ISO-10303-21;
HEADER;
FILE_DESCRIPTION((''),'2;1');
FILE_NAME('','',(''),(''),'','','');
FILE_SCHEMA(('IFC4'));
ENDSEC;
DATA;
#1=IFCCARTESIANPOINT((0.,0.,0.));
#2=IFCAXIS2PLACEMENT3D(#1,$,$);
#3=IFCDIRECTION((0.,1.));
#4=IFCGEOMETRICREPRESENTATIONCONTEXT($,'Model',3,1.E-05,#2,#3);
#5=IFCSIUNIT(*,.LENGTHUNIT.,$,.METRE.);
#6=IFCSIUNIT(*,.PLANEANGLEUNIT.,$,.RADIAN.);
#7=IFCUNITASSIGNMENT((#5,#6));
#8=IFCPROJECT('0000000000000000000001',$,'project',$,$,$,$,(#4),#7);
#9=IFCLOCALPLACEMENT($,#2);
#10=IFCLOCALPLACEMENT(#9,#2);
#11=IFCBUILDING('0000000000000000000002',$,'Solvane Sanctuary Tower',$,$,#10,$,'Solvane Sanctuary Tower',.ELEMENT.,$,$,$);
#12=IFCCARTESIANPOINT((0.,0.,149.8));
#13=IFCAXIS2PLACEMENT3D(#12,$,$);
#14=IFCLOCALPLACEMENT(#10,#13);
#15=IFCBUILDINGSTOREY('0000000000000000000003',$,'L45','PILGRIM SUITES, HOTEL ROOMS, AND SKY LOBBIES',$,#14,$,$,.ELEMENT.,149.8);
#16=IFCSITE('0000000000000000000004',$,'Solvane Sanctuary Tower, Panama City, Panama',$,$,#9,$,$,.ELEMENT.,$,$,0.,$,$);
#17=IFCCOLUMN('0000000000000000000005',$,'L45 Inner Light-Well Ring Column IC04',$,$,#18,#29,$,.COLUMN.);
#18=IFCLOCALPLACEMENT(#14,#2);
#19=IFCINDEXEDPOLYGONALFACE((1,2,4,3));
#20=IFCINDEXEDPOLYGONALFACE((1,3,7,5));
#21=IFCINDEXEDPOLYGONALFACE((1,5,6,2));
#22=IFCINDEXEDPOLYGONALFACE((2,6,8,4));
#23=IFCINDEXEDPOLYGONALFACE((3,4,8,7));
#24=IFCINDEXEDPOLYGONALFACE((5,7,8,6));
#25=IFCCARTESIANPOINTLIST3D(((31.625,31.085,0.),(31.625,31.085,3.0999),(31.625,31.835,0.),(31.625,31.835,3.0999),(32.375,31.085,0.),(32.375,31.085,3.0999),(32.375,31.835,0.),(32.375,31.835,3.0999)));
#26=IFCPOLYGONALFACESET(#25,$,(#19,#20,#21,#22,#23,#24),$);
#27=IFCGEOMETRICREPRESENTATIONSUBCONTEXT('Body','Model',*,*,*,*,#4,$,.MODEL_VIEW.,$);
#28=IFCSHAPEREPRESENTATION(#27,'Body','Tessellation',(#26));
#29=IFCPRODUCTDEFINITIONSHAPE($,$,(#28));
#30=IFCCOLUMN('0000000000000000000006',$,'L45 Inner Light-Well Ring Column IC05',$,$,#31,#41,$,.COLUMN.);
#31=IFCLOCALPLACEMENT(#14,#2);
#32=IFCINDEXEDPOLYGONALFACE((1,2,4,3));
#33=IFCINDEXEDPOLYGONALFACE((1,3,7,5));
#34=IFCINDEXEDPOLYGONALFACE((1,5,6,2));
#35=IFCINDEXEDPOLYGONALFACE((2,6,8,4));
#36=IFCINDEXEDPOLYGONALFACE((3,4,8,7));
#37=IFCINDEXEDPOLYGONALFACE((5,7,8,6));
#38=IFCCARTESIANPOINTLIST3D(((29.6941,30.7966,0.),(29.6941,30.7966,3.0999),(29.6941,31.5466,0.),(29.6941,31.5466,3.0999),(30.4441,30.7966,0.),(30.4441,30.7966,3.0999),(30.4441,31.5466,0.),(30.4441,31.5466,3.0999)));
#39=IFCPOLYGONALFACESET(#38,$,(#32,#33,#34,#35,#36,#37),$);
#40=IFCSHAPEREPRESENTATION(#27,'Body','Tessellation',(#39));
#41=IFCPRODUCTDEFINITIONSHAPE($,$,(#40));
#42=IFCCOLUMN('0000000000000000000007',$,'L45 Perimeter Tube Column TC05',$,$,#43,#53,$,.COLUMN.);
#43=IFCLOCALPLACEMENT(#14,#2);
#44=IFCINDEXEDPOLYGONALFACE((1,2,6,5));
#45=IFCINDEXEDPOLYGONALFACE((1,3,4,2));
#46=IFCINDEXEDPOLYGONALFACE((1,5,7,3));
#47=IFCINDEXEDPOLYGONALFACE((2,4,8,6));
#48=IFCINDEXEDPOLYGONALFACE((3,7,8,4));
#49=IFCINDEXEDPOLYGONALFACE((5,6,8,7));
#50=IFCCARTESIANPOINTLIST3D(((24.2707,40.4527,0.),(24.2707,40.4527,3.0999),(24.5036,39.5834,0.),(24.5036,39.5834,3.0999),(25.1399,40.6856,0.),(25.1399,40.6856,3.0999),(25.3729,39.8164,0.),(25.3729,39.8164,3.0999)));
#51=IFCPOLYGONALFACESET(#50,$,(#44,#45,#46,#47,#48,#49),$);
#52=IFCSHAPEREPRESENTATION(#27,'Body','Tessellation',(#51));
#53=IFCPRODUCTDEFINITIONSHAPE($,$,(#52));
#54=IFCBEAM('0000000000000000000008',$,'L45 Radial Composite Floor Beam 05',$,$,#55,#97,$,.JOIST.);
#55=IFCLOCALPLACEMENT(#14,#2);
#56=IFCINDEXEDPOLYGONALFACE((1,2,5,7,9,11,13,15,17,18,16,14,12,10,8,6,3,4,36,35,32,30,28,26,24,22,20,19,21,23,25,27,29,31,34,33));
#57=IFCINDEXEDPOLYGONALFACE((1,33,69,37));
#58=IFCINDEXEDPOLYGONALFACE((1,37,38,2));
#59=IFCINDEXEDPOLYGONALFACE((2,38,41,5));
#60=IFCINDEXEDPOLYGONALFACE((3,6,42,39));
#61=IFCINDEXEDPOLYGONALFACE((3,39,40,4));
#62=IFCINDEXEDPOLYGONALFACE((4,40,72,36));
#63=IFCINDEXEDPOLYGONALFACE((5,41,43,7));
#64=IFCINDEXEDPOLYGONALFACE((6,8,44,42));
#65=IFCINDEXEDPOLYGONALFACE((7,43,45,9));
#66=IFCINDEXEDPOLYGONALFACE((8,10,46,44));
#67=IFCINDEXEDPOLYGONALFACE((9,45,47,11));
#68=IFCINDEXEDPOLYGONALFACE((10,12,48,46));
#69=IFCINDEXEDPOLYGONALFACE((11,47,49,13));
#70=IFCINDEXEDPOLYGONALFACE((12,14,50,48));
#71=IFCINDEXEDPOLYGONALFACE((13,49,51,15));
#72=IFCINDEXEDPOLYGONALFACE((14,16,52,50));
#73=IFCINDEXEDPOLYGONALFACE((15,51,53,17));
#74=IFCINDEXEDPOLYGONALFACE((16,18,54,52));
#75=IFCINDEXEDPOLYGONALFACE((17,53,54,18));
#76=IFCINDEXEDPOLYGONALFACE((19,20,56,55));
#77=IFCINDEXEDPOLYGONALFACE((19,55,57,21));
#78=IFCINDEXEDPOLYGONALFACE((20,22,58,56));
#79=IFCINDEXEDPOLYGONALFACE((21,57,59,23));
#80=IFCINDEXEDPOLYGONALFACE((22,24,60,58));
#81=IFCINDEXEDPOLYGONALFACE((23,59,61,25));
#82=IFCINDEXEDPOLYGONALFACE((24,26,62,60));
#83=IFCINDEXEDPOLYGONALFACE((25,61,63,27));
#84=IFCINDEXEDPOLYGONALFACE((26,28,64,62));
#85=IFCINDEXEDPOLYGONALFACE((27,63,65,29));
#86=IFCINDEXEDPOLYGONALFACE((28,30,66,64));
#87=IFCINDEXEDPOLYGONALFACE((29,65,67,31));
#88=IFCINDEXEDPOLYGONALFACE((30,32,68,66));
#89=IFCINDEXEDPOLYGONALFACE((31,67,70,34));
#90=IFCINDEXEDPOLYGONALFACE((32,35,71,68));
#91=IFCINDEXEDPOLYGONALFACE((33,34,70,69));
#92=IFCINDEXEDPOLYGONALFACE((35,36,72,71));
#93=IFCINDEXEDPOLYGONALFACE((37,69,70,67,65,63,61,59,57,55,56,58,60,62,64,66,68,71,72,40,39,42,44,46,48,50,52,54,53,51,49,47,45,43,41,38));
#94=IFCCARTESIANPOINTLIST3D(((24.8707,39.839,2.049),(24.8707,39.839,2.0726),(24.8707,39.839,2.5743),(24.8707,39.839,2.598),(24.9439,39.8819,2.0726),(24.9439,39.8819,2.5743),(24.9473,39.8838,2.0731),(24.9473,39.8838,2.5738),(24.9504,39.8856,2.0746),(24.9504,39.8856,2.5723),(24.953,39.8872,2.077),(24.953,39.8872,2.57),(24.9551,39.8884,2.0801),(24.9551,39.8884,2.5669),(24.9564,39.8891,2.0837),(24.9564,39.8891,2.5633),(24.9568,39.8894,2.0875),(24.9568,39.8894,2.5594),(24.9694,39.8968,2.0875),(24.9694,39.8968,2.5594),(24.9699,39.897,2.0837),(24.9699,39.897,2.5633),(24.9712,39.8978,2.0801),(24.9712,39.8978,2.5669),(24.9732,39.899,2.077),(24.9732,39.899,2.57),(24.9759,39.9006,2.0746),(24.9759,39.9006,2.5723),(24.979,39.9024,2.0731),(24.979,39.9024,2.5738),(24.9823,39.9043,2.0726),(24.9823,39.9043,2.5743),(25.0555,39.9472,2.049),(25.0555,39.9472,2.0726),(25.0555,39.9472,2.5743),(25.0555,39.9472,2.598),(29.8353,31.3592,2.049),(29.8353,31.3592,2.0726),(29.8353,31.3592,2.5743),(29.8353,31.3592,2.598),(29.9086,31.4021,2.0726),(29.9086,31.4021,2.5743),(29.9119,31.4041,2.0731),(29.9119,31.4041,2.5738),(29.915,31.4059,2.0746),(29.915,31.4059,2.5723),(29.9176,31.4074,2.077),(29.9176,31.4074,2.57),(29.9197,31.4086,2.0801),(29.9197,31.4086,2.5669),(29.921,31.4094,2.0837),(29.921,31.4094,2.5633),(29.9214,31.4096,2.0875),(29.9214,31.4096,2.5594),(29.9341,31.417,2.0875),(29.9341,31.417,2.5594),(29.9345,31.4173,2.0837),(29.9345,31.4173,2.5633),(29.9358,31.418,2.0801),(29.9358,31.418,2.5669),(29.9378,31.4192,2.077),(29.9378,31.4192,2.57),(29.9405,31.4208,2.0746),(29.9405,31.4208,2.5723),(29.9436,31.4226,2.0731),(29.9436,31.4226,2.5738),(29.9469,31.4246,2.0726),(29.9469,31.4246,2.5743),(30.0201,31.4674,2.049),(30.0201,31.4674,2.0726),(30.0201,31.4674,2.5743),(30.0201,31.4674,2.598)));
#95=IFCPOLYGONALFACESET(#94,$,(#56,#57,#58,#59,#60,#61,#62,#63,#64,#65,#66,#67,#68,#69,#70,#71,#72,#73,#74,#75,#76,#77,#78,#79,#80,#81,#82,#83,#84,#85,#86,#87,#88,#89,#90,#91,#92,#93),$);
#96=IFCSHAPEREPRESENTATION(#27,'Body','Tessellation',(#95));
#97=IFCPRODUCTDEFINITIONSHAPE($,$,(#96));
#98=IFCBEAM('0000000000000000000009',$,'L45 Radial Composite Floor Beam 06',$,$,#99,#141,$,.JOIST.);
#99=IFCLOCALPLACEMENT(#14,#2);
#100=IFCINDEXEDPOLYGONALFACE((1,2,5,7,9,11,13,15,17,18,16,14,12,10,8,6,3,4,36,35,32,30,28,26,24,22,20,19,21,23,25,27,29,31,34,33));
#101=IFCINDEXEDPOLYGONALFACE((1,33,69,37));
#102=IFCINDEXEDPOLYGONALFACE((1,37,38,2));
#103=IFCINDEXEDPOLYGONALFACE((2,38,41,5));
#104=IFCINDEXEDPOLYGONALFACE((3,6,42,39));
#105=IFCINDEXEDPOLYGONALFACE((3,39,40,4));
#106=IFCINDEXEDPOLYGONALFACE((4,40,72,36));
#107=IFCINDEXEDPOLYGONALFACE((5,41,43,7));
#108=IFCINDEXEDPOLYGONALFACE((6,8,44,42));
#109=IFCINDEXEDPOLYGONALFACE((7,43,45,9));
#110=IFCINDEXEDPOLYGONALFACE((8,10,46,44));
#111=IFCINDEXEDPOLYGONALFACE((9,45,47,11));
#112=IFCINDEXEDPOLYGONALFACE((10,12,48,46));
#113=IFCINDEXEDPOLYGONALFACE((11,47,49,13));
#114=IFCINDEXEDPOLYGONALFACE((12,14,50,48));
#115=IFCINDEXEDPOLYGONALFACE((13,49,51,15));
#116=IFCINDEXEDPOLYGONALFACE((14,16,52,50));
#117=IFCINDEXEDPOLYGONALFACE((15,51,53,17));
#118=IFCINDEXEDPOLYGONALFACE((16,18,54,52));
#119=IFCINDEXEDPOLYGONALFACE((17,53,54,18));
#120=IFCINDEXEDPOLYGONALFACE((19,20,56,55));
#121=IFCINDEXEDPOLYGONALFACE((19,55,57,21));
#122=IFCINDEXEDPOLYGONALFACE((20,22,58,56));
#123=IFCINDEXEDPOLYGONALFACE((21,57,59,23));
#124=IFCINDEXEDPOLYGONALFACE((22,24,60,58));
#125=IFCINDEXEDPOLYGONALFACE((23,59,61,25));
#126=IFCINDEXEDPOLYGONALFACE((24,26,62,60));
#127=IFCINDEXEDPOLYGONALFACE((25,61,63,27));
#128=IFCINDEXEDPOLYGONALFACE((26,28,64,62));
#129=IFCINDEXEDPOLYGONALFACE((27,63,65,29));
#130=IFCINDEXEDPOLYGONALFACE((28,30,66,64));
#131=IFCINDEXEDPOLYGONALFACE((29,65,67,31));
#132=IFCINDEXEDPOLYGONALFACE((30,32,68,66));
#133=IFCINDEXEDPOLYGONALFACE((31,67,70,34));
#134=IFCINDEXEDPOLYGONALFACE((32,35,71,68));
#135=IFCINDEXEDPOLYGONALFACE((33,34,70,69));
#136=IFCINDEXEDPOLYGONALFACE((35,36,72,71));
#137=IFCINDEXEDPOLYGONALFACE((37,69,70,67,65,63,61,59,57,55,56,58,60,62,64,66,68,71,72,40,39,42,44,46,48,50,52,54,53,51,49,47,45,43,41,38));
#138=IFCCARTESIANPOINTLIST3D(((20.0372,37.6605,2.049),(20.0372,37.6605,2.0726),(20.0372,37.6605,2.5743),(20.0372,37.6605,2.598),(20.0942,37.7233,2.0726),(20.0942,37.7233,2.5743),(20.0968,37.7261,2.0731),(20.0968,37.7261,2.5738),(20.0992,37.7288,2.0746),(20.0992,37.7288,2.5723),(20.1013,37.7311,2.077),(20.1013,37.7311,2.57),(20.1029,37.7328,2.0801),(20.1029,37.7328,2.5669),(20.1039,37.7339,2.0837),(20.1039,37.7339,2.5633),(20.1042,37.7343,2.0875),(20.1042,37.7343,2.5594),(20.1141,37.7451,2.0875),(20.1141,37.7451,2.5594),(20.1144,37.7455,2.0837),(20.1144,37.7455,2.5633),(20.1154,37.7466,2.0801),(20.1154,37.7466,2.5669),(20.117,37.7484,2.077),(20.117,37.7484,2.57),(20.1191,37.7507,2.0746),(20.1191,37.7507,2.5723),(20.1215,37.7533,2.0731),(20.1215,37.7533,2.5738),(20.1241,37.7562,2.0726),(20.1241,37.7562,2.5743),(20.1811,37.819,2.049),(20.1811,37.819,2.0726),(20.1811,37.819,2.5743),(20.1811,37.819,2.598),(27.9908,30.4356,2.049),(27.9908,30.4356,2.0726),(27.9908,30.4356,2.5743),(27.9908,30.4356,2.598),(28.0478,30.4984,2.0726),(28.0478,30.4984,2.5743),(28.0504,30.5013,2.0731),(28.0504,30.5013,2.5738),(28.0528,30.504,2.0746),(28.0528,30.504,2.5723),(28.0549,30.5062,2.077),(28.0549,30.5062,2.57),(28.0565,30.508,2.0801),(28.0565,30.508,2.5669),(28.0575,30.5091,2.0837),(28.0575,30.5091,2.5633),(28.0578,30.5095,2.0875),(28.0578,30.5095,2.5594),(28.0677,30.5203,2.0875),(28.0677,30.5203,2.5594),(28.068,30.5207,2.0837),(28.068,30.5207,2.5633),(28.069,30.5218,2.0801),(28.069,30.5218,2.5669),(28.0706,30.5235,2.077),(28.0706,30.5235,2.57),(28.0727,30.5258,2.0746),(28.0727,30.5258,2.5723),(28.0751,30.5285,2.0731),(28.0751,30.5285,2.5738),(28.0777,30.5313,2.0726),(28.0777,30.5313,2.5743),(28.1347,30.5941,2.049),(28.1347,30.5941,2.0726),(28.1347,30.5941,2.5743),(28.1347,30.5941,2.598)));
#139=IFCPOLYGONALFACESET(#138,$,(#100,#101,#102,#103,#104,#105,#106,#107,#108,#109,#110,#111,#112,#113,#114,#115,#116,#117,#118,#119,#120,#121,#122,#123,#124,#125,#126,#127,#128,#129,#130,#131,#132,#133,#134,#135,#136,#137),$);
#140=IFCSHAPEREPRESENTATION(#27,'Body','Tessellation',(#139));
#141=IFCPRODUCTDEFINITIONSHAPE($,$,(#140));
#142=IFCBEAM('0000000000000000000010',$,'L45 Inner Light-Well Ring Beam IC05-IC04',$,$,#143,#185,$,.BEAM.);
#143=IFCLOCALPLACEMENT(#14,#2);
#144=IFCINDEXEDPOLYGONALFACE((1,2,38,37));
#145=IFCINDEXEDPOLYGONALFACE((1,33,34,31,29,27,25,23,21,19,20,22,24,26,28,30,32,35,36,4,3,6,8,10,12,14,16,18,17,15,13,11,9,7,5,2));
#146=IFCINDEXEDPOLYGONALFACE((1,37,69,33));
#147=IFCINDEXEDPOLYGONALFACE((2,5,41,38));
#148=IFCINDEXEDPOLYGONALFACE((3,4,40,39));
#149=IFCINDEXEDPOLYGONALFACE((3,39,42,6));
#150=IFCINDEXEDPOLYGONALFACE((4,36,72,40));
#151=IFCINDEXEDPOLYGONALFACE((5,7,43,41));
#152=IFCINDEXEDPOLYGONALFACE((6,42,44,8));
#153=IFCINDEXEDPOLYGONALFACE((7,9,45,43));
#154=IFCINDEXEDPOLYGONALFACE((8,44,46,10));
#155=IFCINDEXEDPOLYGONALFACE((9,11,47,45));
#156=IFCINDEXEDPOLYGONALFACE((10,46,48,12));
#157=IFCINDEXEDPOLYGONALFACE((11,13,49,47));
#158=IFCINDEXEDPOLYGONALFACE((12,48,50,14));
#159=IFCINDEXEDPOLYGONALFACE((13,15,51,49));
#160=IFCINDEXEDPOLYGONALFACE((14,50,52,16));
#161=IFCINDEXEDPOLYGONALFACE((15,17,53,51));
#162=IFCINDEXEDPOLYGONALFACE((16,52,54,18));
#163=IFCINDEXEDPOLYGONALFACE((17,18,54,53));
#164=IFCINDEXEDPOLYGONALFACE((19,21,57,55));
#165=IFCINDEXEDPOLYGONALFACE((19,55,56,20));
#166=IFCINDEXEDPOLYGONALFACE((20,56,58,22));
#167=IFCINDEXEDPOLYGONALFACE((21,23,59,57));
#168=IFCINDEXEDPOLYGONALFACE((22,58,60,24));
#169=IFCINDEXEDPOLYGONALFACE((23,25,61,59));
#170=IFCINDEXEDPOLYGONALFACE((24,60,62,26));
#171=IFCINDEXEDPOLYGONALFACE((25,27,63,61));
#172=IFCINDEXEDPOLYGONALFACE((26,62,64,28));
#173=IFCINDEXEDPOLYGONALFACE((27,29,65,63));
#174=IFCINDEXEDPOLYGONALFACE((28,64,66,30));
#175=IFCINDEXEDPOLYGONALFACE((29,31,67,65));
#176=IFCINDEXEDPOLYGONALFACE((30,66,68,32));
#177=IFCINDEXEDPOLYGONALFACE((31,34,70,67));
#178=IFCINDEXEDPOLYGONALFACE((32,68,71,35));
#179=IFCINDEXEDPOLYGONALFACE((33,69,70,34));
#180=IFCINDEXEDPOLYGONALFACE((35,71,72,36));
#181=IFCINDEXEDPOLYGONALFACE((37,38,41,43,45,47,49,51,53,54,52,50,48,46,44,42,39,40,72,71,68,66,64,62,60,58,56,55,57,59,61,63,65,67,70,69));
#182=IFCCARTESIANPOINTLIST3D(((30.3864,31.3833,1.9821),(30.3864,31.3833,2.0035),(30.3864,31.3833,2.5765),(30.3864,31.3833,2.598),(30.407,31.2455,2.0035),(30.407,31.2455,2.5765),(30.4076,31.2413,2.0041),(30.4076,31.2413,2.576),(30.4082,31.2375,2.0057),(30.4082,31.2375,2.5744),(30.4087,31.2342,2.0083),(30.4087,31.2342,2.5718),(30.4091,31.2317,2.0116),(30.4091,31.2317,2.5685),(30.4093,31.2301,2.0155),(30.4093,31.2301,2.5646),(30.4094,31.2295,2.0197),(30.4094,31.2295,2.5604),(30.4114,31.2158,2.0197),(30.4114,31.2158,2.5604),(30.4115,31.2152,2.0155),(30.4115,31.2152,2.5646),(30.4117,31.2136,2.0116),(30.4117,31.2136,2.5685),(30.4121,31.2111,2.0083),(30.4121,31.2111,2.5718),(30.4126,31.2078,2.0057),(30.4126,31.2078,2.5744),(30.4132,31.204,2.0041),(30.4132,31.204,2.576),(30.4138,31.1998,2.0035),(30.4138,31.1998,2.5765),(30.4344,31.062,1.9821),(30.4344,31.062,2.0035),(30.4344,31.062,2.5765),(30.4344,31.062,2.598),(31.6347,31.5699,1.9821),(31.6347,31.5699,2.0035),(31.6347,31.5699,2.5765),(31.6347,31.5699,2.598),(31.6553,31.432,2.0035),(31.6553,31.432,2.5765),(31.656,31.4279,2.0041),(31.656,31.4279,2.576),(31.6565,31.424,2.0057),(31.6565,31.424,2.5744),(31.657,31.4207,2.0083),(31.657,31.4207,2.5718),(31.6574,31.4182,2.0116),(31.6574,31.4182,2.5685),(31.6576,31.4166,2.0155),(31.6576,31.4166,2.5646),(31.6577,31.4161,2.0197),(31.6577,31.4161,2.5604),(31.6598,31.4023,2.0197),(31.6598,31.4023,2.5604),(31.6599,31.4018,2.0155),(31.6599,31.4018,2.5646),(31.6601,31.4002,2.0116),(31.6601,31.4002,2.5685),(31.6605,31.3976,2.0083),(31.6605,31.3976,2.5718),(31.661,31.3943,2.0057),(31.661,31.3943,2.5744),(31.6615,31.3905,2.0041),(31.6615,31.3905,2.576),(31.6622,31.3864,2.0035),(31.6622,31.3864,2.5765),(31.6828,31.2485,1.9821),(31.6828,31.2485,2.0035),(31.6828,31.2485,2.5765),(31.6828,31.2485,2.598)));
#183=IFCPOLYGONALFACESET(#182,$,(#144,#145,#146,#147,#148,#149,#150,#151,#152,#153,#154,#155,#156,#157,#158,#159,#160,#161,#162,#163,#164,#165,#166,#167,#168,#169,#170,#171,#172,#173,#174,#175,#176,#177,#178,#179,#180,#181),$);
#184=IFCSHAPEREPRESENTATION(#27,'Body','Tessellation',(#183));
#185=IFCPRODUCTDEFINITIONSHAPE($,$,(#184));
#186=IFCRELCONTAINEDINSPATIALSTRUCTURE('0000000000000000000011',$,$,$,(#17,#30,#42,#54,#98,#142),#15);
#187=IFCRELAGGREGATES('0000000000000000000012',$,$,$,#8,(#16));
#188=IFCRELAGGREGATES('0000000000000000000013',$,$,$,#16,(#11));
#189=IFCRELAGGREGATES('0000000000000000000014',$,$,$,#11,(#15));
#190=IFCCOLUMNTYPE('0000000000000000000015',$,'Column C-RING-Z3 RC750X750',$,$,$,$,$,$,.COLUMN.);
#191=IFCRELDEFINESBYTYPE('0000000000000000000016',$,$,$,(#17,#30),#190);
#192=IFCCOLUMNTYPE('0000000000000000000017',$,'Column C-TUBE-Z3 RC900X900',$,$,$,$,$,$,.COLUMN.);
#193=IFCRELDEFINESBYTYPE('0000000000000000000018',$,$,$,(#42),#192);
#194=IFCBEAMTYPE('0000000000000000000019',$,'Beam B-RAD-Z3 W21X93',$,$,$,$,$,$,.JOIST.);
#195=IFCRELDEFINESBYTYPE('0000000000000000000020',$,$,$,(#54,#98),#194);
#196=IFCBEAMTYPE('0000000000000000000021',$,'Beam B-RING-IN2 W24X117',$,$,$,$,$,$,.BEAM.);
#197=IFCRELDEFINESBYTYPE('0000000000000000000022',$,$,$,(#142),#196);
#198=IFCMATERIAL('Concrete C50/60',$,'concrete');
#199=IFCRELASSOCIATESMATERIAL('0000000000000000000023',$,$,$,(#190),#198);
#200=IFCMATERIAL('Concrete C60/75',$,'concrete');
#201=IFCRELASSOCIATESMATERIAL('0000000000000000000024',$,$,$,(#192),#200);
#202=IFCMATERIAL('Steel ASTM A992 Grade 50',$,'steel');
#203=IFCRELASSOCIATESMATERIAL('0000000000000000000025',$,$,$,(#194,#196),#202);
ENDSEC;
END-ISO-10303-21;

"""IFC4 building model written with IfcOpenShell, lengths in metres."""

from ifc_helpers import new_model, si_unit, direction, frame, origin, origin_2d, place, context, subcontext, project, spatial, rectangle, i_section, extrude, material, material_profile, profile_set, type_object, element, save


model = new_model("IFC4")

# Units and contexts
model_context = context("Model", 3, precision=1e-05, world=origin(), true_north=direction((0.0, 1.0)))
body_context = subcontext(model_context, "Body", "Model", "MODEL_VIEW")
ifc_project = project(units=[si_unit("LENGTHUNIT", "METRE"), si_unit("PLANEANGLEUNIT", "RADIAN")], contexts=[model_context])

# Site, building, storey
site_placement = place(None, origin())
site = spatial("IfcSite", under=ifc_project, at=site_placement, Name="Solvane Sanctuary Tower, Panama City, Panama", CompositionType="ELEMENT", RefElevation=0.0)
building_placement = place(site_placement, origin())
building = spatial("IfcBuilding", under=site, at=building_placement, Name="Solvane Sanctuary Tower", LongName="Solvane Sanctuary Tower", CompositionType="ELEMENT")
storey_placement = place(building_placement, frame((0.0, 0.0, 149.8)))
storey = spatial("IfcBuildingStorey", under=building, at=storey_placement, Name="L45", Description="PILGRIM SUITES, HOTEL ROOMS, AND SKY LOBBIES", CompositionType="ELEMENT", Elevation=149.8)

# Columns
ifc_material_1 = material(Name="Concrete C50/60", Category="concrete")
ifc_material_profile_1 = material_profile(ifc_material_1, rectangle(XDim=0.75, YDim=0.75, at=origin_2d()), Name="RC750X750")
ifc_profile_set_1 = profile_set([ifc_material_profile_1], Name="Concrete C50/60")
column_type_1 = type_object("IfcColumnType", Name="Column C-RING-Z3 RC750X750", PredefinedType="COLUMN", material=ifc_profile_set_1)
for number, where, z_axis, x_axis, name in (
    (1, (32.0, 31.46, 0.0), (0.0, 0.0, 1.0), (1.0, 0.0, 0.0), "L45 Inner Light-Well Ring Column IC04"),
    (2, (30.0691, 31.1716, 0.0), (0.0, 0.0, 1.0), (1.0, 0.0, 0.0), "L45 Inner Light-Well Ring Column IC05"),
):
    element("IfcColumn", number, at=place(storey_placement, frame(where, z_axis=z_axis, x_axis=x_axis)), inside=storey, type_object=column_type_1, Name=name, PredefinedType="COLUMN", context=body_context, shape_type="SweptSolid", body=[
        extrude(rectangle(XDim=0.75, YDim=0.75, at=origin_2d()), origin(), (0.0, 0.0, 1.0), 3.0999),
    ])
ifc_material_2 = material(Name="Concrete C60/75", Category="concrete")
ifc_material_profile_2 = material_profile(ifc_material_2, rectangle(XDim=0.8999, YDim=0.8999, at=origin_2d()), Name="RC900X900")
ifc_profile_set_2 = profile_set([ifc_material_profile_2], Name="Concrete C60/75")
column_type_2 = type_object("IfcColumnType", Name="Column C-TUBE-Z3 RC900X900", PredefinedType="COLUMN", material=ifc_profile_set_2)
column_placement = place(storey_placement, frame((24.8218, 40.1345, 0.0), z_axis=(0.0, 0.0, 1.0), x_axis=(-0.258819, 0.965926, 0.0)))
element("IfcColumn", 3, at=column_placement, inside=storey, type_object=column_type_2, Name="L45 Perimeter Tube Column TC05", PredefinedType="COLUMN", context=body_context, shape_type="SweptSolid", body=[
    extrude(rectangle(XDim=0.8999, YDim=0.8999, at=origin_2d()), origin(), (0.0, 0.0, 1.0), 3.0999),
])

# Beams
ifc_material_3 = material(Name="Steel ASTM A992 Grade 50", Category="steel")
ifc_material_profile_3 = material_profile(ifc_material_3, i_section(OverallWidth=0.2141, OverallDepth=0.5491, WebThickness=0.0146, FlangeThickness=0.0237, FilletRadius=0.0149, at=origin_2d()), Name="W21X93")
ifc_profile_set_3 = profile_set([ifc_material_profile_3], Name="Steel ASTM A992 Grade 50")
beam_type_1 = type_object("IfcBeamType", Name="Beam B-RAD-Z3 W21X93", PredefinedType="JOIST", material=ifc_profile_set_3)
beam_1_placement = place(storey_placement, frame((29.9277, 31.4133, 2.3235), z_axis=(-0.505244, 0.862977, 0.0), x_axis=(-0.862977, -0.505244, 0.0)))
element("IfcBeam", 4, at=beam_1_placement, inside=storey, type_object=beam_type_1, Name="L45 Radial Composite Floor Beam 05", PredefinedType="JOIST", context=body_context, shape_type="SweptSolid", body=[
    extrude(i_section(OverallWidth=0.2141, OverallDepth=0.5491, WebThickness=0.0146, FlangeThickness=0.0237, FilletRadius=0.0149, at=origin_2d()), origin(), (0.0, 0.0, 1.0), 9.8262),
])
beam_2_placement = place(storey_placement, frame((28.0627, 30.5149, 2.3235), z_axis=(-0.740204, 0.672382, 0.0), x_axis=(-0.672382, -0.740204, 0.0)))
element("IfcBeam", 5, at=beam_2_placement, inside=storey, type_object=beam_type_1, Name="L45 Radial Composite Floor Beam 06", PredefinedType="JOIST", context=body_context, shape_type="SweptSolid", body=[
    extrude(i_section(OverallWidth=0.2141, OverallDepth=0.5491, WebThickness=0.0146, FlangeThickness=0.0237, FilletRadius=0.0149, at=origin_2d()), origin(), (0.0, 0.0, 1.0), 10.7451),
])
ifc_material_profile_4 = material_profile(ifc_material_3, i_section(OverallWidth=0.325, OverallDepth=0.616, WebThickness=0.0139, FlangeThickness=0.0215, FilletRadius=0.0161, at=origin_2d()), Name="W24X117")
ifc_profile_set_4 = profile_set([ifc_material_profile_4], Name="Steel ASTM A992 Grade 50")
beam_type_2 = type_object("IfcBeamType", Name="Beam B-RING-IN2 W24X117", PredefinedType="BEAM", material=ifc_profile_set_4)
beam_3_placement = place(storey_placement, frame((30.4104, 31.2227, 2.29), z_axis=(0.98902, 0.147782, 0.0), x_axis=(-0.147782, 0.98902, 0.0)))
element("IfcBeam", 6, at=beam_3_placement, inside=storey, type_object=beam_type_2, Name="L45 Inner Light-Well Ring Beam IC05-IC04", PredefinedType="BEAM", context=body_context, shape_type="SweptSolid", body=[
    extrude(i_section(OverallWidth=0.325, OverallDepth=0.616, WebThickness=0.0139, FlangeThickness=0.0215, FilletRadius=0.0161, at=origin_2d()), origin(), (0.0, 0.0, 1.0), 1.2622),
])

save(model, "model.ifc")
